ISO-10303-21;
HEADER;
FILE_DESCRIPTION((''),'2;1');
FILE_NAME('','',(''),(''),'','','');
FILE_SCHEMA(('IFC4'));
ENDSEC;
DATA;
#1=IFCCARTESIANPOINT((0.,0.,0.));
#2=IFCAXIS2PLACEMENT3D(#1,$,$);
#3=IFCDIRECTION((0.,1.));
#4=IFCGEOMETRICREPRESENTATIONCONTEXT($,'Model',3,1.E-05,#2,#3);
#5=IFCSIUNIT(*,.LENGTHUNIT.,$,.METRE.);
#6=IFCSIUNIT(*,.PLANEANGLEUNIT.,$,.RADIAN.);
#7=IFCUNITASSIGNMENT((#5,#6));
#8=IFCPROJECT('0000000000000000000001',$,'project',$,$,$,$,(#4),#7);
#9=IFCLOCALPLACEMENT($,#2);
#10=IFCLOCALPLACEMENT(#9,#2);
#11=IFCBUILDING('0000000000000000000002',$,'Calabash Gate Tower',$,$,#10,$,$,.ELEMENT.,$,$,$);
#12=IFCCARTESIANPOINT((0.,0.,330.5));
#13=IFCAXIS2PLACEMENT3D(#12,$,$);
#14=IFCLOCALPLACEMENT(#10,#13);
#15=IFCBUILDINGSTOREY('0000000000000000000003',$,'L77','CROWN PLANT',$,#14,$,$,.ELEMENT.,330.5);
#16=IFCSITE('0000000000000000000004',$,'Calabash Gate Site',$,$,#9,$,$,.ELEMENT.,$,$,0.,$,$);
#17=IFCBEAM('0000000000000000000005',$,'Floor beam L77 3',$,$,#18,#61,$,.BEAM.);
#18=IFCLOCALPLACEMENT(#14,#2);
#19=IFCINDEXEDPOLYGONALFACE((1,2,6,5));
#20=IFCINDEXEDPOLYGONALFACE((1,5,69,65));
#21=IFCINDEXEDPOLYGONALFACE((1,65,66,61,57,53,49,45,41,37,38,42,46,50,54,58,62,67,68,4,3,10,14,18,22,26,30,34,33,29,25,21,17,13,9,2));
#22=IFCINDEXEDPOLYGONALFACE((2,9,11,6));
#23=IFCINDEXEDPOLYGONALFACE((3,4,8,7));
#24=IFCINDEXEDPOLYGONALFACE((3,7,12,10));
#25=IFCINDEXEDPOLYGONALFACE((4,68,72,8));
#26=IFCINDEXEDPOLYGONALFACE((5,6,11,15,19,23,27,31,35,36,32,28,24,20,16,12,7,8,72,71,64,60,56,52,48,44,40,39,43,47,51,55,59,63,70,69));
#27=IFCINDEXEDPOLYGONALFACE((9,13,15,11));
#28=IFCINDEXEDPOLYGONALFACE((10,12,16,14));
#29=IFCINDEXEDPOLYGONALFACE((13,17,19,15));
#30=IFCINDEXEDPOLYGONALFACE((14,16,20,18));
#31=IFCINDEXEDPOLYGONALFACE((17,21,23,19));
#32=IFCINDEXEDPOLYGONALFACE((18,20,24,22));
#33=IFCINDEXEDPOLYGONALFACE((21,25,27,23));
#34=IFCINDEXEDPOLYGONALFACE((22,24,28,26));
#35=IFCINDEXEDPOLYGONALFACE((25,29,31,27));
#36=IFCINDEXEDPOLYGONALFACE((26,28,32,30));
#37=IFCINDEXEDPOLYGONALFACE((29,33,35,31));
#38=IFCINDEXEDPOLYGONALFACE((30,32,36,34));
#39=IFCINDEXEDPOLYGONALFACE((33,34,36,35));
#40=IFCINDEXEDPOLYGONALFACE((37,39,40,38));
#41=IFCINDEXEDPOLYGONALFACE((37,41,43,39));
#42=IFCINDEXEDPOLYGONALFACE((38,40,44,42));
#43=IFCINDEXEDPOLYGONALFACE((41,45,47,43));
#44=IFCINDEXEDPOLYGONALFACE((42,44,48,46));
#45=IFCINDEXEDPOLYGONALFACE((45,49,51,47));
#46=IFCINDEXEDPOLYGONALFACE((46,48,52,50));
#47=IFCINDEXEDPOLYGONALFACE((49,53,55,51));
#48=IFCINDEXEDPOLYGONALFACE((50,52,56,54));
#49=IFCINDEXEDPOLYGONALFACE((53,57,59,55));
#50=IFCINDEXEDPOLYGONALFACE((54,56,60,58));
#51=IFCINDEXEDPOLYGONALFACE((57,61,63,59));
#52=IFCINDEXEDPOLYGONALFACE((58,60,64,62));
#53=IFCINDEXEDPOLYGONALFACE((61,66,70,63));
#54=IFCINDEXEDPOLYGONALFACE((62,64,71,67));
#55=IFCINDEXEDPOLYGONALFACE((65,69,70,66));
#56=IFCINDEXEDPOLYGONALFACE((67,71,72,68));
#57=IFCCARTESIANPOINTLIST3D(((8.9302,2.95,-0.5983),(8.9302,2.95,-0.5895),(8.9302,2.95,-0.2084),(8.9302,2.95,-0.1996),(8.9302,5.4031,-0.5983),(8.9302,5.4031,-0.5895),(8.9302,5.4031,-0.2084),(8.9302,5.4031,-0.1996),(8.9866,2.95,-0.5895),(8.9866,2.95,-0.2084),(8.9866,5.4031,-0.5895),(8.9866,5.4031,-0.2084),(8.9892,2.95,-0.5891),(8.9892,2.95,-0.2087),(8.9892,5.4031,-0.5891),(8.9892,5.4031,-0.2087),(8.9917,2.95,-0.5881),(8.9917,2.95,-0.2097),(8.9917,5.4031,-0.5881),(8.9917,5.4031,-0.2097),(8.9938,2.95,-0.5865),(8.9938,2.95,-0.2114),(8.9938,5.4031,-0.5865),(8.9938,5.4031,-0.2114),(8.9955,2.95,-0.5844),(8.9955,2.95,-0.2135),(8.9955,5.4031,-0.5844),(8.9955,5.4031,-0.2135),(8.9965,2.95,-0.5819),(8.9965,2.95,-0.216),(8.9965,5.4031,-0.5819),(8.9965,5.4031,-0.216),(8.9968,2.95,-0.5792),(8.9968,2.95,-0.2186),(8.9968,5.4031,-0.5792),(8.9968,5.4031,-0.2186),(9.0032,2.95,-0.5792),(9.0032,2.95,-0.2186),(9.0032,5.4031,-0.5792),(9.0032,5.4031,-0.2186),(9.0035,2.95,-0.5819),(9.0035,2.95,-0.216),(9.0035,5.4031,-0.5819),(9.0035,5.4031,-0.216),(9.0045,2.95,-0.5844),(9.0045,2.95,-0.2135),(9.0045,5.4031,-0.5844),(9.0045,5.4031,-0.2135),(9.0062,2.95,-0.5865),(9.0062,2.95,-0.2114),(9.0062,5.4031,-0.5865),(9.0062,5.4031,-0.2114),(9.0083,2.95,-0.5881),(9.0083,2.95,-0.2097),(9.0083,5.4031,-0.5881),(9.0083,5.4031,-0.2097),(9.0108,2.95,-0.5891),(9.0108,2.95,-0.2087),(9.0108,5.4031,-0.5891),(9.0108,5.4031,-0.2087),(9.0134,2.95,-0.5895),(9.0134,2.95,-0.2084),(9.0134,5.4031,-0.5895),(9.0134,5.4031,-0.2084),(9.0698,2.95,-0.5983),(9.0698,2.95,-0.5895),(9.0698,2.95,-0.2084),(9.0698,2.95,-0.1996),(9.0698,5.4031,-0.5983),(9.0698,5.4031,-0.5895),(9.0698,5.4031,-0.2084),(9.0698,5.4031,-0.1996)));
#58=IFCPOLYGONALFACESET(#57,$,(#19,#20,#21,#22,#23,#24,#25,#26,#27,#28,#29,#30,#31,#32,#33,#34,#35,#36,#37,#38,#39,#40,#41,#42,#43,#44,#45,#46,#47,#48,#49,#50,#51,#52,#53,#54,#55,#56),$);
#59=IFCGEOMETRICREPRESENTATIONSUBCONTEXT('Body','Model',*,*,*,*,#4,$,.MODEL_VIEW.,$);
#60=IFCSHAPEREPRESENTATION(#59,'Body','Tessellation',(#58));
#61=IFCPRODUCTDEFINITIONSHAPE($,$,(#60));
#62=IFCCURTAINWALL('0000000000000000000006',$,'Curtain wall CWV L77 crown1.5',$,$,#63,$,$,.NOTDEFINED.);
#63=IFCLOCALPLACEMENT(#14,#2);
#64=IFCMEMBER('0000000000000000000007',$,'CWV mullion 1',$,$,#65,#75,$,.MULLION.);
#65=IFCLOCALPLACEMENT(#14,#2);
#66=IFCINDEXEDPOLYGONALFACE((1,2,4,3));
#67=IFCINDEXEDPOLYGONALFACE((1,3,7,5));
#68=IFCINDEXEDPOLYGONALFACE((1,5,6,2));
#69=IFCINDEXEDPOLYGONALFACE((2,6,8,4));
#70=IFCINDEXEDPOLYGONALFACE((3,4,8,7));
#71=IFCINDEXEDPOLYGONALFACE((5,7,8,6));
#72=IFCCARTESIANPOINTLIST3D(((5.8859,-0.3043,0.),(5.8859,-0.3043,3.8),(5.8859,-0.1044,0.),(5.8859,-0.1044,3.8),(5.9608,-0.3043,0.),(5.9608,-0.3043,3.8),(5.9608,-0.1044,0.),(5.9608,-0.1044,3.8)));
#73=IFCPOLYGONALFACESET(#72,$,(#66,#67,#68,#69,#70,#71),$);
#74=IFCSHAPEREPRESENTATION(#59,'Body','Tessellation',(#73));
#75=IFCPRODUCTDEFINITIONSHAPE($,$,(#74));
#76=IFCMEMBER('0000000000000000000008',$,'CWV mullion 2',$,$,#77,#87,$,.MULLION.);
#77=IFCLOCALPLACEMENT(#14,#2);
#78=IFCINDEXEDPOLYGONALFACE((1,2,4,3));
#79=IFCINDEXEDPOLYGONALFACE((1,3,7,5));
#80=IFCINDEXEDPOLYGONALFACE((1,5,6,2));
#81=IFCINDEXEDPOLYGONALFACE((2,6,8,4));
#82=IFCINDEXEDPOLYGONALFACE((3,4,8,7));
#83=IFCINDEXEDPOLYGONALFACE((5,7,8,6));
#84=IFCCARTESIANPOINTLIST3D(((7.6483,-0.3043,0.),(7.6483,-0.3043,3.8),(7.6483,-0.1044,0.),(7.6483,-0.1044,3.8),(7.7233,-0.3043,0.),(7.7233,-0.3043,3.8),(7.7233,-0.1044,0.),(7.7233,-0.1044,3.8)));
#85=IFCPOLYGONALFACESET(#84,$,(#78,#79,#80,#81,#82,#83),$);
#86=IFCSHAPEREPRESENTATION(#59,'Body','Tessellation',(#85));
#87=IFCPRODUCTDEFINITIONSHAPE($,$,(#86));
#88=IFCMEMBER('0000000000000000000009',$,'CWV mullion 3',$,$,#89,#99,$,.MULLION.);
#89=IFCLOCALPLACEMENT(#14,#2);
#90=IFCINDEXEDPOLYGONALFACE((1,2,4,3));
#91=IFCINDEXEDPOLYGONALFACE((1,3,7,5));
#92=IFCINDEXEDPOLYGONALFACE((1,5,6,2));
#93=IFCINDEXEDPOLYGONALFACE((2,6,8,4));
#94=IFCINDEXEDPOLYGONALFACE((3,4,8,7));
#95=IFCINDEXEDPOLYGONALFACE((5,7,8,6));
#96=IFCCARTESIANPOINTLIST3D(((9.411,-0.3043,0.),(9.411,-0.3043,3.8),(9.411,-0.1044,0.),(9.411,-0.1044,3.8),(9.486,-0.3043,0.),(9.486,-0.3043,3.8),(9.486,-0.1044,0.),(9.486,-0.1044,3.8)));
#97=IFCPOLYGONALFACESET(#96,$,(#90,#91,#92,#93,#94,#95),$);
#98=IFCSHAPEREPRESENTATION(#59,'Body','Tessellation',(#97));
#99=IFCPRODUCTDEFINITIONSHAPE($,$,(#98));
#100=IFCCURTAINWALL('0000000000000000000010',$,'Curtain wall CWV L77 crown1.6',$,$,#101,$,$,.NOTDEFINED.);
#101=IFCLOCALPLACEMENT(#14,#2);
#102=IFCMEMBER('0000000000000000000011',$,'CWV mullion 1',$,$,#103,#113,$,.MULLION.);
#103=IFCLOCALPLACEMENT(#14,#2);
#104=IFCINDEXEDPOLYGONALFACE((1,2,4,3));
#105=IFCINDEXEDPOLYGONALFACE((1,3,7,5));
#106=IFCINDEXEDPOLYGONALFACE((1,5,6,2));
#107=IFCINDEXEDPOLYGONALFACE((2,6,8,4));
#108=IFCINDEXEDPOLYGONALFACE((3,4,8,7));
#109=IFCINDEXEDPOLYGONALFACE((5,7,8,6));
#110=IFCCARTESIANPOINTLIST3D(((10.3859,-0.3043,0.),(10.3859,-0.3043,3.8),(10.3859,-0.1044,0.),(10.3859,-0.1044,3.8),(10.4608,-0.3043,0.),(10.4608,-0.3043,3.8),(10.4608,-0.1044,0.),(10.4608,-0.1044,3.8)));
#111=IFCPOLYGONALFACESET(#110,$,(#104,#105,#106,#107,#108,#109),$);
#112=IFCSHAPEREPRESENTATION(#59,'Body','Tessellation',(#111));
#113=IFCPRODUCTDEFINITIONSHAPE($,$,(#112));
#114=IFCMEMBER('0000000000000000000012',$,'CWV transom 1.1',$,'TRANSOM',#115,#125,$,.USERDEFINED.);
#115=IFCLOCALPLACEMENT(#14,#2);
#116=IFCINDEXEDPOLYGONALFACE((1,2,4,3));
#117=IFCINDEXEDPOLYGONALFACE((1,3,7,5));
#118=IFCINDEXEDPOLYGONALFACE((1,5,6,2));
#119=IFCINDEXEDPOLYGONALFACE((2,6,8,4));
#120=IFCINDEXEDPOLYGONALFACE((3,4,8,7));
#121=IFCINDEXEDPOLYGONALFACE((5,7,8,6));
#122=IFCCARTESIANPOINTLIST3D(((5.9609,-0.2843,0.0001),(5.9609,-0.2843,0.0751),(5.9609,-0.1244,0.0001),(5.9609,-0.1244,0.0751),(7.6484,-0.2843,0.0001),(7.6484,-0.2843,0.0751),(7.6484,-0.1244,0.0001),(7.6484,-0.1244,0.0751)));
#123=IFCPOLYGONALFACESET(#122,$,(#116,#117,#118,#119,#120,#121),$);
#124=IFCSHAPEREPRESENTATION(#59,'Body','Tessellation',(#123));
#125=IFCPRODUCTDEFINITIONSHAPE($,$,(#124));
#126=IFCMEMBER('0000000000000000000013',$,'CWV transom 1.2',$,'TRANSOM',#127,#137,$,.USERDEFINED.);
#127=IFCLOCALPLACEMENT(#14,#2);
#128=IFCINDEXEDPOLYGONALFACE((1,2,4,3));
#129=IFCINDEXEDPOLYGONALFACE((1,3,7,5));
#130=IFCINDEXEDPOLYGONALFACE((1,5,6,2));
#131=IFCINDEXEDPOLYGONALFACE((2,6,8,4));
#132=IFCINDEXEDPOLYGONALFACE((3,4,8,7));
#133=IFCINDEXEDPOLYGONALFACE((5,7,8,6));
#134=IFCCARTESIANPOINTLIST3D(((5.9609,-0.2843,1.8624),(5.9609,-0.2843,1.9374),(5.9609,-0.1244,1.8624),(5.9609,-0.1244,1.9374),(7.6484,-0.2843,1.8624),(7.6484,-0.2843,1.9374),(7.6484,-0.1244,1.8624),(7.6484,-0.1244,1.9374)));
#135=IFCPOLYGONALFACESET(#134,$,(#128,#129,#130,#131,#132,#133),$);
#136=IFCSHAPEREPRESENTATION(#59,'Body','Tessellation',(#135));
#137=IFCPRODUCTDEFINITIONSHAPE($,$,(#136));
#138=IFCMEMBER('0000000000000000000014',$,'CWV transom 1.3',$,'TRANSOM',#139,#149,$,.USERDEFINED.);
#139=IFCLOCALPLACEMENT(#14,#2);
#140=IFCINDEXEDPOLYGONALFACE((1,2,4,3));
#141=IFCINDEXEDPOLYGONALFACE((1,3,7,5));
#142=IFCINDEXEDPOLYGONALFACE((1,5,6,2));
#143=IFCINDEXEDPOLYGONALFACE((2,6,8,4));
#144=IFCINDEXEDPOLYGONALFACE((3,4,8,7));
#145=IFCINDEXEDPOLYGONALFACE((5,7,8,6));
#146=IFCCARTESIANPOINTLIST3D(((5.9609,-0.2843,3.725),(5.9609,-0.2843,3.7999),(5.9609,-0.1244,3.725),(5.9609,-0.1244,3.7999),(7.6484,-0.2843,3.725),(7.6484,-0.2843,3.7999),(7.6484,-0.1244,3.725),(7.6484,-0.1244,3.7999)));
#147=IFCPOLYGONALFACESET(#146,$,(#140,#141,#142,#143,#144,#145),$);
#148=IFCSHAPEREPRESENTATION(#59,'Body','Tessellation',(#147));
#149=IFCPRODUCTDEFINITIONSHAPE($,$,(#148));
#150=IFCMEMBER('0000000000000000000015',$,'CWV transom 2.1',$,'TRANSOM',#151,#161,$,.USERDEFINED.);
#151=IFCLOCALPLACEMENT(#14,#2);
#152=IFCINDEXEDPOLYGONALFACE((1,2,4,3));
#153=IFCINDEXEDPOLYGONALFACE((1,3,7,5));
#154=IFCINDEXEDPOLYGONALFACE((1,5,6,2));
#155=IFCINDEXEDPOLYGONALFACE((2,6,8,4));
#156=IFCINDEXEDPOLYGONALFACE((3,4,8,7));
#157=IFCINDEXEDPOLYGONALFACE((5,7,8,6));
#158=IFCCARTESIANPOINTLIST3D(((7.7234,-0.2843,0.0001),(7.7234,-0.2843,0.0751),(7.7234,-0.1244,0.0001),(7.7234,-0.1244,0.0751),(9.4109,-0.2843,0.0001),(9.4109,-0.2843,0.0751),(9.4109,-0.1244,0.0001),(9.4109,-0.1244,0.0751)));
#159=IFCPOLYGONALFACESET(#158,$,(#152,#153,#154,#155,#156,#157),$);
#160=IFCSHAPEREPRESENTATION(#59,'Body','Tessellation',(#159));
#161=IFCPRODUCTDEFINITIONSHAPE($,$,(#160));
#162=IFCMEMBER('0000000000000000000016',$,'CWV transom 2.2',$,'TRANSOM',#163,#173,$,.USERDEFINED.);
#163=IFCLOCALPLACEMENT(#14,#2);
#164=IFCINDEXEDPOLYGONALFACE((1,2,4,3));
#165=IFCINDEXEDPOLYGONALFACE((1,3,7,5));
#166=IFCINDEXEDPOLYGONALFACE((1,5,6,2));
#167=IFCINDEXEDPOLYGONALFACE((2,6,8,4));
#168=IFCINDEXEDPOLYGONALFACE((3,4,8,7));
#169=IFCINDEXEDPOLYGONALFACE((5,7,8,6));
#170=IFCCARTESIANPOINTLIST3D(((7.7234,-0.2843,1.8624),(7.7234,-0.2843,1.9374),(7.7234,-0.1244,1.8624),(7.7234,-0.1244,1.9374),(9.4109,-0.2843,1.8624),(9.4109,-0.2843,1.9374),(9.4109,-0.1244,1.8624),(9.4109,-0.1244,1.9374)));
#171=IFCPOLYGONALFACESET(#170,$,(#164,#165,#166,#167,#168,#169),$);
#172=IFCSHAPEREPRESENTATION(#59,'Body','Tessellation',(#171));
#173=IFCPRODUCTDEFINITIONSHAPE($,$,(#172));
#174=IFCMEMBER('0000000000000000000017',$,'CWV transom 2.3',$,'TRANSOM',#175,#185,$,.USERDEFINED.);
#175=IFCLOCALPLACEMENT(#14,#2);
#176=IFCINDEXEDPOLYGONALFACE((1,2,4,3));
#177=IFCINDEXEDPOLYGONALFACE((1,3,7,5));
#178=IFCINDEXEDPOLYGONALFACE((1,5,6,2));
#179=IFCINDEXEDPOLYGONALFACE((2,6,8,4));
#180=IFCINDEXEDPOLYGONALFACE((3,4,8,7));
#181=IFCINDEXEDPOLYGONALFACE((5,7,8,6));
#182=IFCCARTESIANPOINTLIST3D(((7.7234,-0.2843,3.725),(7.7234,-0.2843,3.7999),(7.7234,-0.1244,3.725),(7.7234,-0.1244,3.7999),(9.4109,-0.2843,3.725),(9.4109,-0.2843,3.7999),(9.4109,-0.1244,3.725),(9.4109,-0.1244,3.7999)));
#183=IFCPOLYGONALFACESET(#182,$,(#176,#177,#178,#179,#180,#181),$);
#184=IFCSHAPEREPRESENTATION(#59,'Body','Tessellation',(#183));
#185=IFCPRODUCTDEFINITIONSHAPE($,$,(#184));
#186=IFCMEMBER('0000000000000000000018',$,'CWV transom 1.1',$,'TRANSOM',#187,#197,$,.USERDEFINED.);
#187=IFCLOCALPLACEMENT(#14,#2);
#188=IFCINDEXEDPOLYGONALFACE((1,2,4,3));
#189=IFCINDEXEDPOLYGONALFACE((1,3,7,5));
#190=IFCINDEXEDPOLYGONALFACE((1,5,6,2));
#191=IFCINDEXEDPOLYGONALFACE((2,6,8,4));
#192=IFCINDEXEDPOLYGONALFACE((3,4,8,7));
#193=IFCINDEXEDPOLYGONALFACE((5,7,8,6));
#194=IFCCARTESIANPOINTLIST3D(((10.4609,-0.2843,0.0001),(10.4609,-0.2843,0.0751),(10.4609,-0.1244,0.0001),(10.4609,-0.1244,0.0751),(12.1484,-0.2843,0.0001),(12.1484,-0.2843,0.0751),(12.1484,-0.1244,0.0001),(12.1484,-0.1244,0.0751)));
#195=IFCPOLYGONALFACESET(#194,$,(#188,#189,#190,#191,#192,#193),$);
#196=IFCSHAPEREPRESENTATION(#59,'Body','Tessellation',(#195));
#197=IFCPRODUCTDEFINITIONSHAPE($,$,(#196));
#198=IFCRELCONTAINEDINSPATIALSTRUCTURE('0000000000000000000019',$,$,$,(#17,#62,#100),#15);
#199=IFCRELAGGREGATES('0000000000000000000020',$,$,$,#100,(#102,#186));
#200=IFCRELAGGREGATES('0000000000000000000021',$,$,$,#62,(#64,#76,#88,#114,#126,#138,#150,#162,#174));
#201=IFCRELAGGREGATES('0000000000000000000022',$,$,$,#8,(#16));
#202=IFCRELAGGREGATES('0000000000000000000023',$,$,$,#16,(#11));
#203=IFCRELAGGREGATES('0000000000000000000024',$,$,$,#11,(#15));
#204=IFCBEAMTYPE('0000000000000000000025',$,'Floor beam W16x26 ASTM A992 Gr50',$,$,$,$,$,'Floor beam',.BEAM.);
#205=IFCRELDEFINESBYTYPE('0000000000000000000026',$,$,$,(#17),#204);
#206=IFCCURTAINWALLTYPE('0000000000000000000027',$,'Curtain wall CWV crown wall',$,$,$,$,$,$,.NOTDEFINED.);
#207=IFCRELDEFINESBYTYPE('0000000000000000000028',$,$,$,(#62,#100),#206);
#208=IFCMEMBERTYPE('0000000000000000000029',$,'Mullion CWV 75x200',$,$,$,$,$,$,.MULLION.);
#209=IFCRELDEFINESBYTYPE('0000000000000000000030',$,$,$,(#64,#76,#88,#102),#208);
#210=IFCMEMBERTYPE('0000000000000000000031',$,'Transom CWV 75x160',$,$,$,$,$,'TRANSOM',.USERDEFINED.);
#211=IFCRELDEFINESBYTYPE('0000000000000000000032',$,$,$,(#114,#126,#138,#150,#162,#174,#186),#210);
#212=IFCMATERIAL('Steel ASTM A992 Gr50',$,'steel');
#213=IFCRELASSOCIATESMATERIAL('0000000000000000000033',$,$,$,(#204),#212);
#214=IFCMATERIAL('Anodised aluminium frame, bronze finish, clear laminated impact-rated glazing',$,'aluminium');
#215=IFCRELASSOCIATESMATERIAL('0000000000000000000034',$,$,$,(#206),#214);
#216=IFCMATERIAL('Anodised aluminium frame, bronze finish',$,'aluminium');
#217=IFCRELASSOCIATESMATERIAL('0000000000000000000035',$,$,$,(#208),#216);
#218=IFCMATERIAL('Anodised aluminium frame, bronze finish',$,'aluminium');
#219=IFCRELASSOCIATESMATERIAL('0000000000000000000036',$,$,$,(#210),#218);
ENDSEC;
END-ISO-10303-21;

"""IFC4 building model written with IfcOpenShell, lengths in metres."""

from ifc_helpers import new_model, si_unit, direction, frame, origin, origin_2d, place, context, subcontext, project, spatial, rectangle, i_section, extrude, material, material_profile, profile_set, type_object, element, aggregate, save


model = new_model("IFC4")

# Units and contexts
model_context = context("Model", 3, precision=1e-05, world=origin(), true_north=direction((0.0, 1.0)))
body_context = subcontext(model_context, "Body", "Model", "MODEL_VIEW")
ifc_project = project(units=[si_unit("LENGTHUNIT", "METRE"), si_unit("PLANEANGLEUNIT", "RADIAN")], contexts=[model_context])

# Site, building, storey
site_placement = place(None, origin())
site = spatial("IfcSite", under=ifc_project, at=site_placement, Name="Calabash Gate Site", CompositionType="ELEMENT", RefElevation=0.0)
building_placement = place(site_placement, origin())
building = spatial("IfcBuilding", under=site, at=building_placement, Name="Calabash Gate Tower", CompositionType="ELEMENT")
storey_placement = place(building_placement, frame((0.0, 0.0, 330.5)))
storey = spatial("IfcBuildingStorey", under=building, at=storey_placement, Name="L77", Description="CROWN PLANT", CompositionType="ELEMENT", Elevation=330.5)

# Beam
ifc_material_1 = material(Name="Steel ASTM A992 Gr50", Category="steel")
ifc_material_profile_1 = material_profile(ifc_material_1, i_section(OverallWidth=0.1396, OverallDepth=0.3987, WebThickness=0.0063, FlangeThickness=0.0088, FilletRadius=0.0103, at=origin_2d()))
ifc_profile_set_1 = profile_set([ifc_material_profile_1], Name="Steel ASTM A992 Gr50")
beam_type = type_object("IfcBeamType", Name="Floor beam W16x26 ASTM A992 Gr50", ElementType="Floor beam", PredefinedType="BEAM", material=ifc_profile_set_1)
beam_placement = place(storey_placement, frame((9.0, 2.95, -0.3989), z_axis=(0.0, 1.0, 0.0), x_axis=(-1.0, 0.0, 0.0)))
element("IfcBeam", 1, at=beam_placement, inside=storey, type_object=beam_type, Name="Floor beam L77 3", PredefinedType="BEAM", context=body_context, shape_type="SweptSolid", body=[
    extrude(i_section(OverallWidth=0.1396, OverallDepth=0.3987, WebThickness=0.0063, FlangeThickness=0.0088, FilletRadius=0.0103, at=origin_2d()), origin(), (0.0, 0.0, 1.0), 2.4531),
])

# Curtain wall, members
ifc_material_2 = material(Name="Anodised aluminium frame, bronze finish, clear laminated impact-rated glazing", Category="aluminium")
curtain_wall_type = type_object("IfcCurtainWallType", Name="Curtain wall CWV crown wall", PredefinedType="NOTDEFINED", material=ifc_material_2)
curtain_wall_1_placement = place(storey_placement, origin())
curtain_wall_1 = element("IfcCurtainWall", 2, at=curtain_wall_1_placement, inside=storey, type_object=curtain_wall_type, Name="Curtain wall CWV L77 crown1.5", PredefinedType="NOTDEFINED")
ifc_material_3 = material(Name="Anodised aluminium frame, bronze finish", Category="aluminium")
ifc_material_profile_2 = material_profile(ifc_material_3, rectangle(XDim=0.2, YDim=0.075, at=origin_2d()))
ifc_profile_set_2 = profile_set([ifc_material_profile_2], Name="Anodised aluminium frame, bronze finish")
member_type_1 = type_object("IfcMemberType", Name="Mullion CWV 75x200", PredefinedType="MULLION", material=ifc_profile_set_2)
member_1_placement = place(storey_placement, frame((5.9233, -0.2043, 0.0), z_axis=(0.0, 0.0, 1.0), x_axis=(0.0, 1.0, 0.0)))
member_1 = element("IfcMember", 3, at=member_1_placement, type_object=member_type_1, Name="CWV mullion 1", PredefinedType="MULLION", context=body_context, shape_type="SweptSolid", body=[
    extrude(rectangle(XDim=0.2, YDim=0.075, at=origin_2d()), origin(), (0.0, 0.0, 1.0), 3.8),
])
member_2_placement = place(storey_placement, frame((7.6858, -0.2043, 0.0), z_axis=(0.0, 0.0, 1.0), x_axis=(0.0, 1.0, 0.0)))
member_2 = element("IfcMember", 4, at=member_2_placement, type_object=member_type_1, Name="CWV mullion 2", PredefinedType="MULLION", context=body_context, shape_type="SweptSolid", body=[
    extrude(rectangle(XDim=0.2, YDim=0.075, at=origin_2d()), origin(), (0.0, 0.0, 1.0), 3.8),
])
member_3_placement = place(storey_placement, frame((9.4485, -0.2043, 0.0), z_axis=(0.0, 0.0, 1.0), x_axis=(0.0, 1.0, 0.0)))
member_3 = element("IfcMember", 5, at=member_3_placement, type_object=member_type_1, Name="CWV mullion 3", PredefinedType="MULLION", context=body_context, shape_type="SweptSolid", body=[
    extrude(rectangle(XDim=0.2, YDim=0.075, at=origin_2d()), origin(), (0.0, 0.0, 1.0), 3.8),
])

# Curtain wall, member
curtain_wall_2_placement = place(storey_placement, origin())
curtain_wall_2 = element("IfcCurtainWall", 6, at=curtain_wall_2_placement, inside=storey, type_object=curtain_wall_type, Name="Curtain wall CWV L77 crown1.6", PredefinedType="NOTDEFINED")
member_4_placement = place(storey_placement, frame((10.4233, -0.2043, 0.0), z_axis=(0.0, 0.0, 1.0), x_axis=(0.0, 1.0, 0.0)))
member_4 = element("IfcMember", 7, at=member_4_placement, type_object=member_type_1, Name="CWV mullion 1", PredefinedType="MULLION", context=body_context, shape_type="SweptSolid", body=[
    extrude(rectangle(XDim=0.2, YDim=0.075, at=origin_2d()), origin(), (0.0, 0.0, 1.0), 3.8),
])

# Members
ifc_material_4 = material(Name="Anodised aluminium frame, bronze finish", Category="aluminium")
ifc_material_profile_3 = material_profile(ifc_material_4, rectangle(XDim=0.1599, YDim=0.075, at=origin_2d()))
ifc_profile_set_3 = profile_set([ifc_material_profile_3], Name="Anodised aluminium frame, bronze finish")
member_type_2 = type_object("IfcMemberType", Name="Transom CWV 75x160", ElementType="TRANSOM", PredefinedType="USERDEFINED", material=ifc_profile_set_3)
member_5_placement = place(storey_placement, frame((5.9609, -0.2043, 0.0376), z_axis=(1.0, 0.0, 0.0), x_axis=(0.0, 1.0, 0.0)))
member_5 = element("IfcMember", 8, at=member_5_placement, type_object=member_type_2, Name="CWV transom 1.1", ObjectType="TRANSOM", PredefinedType="USERDEFINED", context=body_context, shape_type="SweptSolid", body=[
    extrude(rectangle(XDim=0.1599, YDim=0.075, at=origin_2d()), origin(), (0.0, 0.0, 1.0), 1.6875),
])
member_6_placement = place(storey_placement, frame((5.9609, -0.2043, 1.8999), z_axis=(1.0, 0.0, 0.0), x_axis=(0.0, 1.0, 0.0)))
member_6 = element("IfcMember", 9, at=member_6_placement, type_object=member_type_2, Name="CWV transom 1.2", ObjectType="TRANSOM", PredefinedType="USERDEFINED", context=body_context, shape_type="SweptSolid", body=[
    extrude(rectangle(XDim=0.1599, YDim=0.075, at=origin_2d()), origin(), (0.0, 0.0, 1.0), 1.6875),
])
member_7_placement = place(storey_placement, frame((5.9609, -0.2043, 3.7625), z_axis=(1.0, 0.0, 0.0), x_axis=(0.0, 1.0, 0.0)))
member_7 = element("IfcMember", 10, at=member_7_placement, type_object=member_type_2, Name="CWV transom 1.3", ObjectType="TRANSOM", PredefinedType="USERDEFINED", context=body_context, shape_type="SweptSolid", body=[
    extrude(rectangle(XDim=0.1599, YDim=0.075, at=origin_2d()), origin(), (0.0, 0.0, 1.0), 1.6875),
])
member_8_placement = place(storey_placement, frame((7.7234, -0.2043, 0.0376), z_axis=(1.0, 0.0, 0.0), x_axis=(0.0, 1.0, 0.0)))
member_8 = element("IfcMember", 11, at=member_8_placement, type_object=member_type_2, Name="CWV transom 2.1", ObjectType="TRANSOM", PredefinedType="USERDEFINED", context=body_context, shape_type="SweptSolid", body=[
    extrude(rectangle(XDim=0.1599, YDim=0.075, at=origin_2d()), origin(), (0.0, 0.0, 1.0), 1.6875),
])
member_9_placement = place(storey_placement, frame((7.7234, -0.2043, 1.8999), z_axis=(1.0, 0.0, 0.0), x_axis=(0.0, 1.0, 0.0)))
member_9 = element("IfcMember", 12, at=member_9_placement, type_object=member_type_2, Name="CWV transom 2.2", ObjectType="TRANSOM", PredefinedType="USERDEFINED", context=body_context, shape_type="SweptSolid", body=[
    extrude(rectangle(XDim=0.1599, YDim=0.075, at=origin_2d()), origin(), (0.0, 0.0, 1.0), 1.6875),
])
member_10_placement = place(storey_placement, frame((7.7234, -0.2043, 3.7625), z_axis=(1.0, 0.0, 0.0), x_axis=(0.0, 1.0, 0.0)))
member_10 = element("IfcMember", 13, at=member_10_placement, type_object=member_type_2, Name="CWV transom 2.3", ObjectType="TRANSOM", PredefinedType="USERDEFINED", context=body_context, shape_type="SweptSolid", body=[
    extrude(rectangle(XDim=0.1599, YDim=0.075, at=origin_2d()), origin(), (0.0, 0.0, 1.0), 1.6875),
])
member_11_placement = place(storey_placement, frame((10.4609, -0.2043, 0.0376), z_axis=(1.0, 0.0, 0.0), x_axis=(0.0, 1.0, 0.0)))
member_11 = element("IfcMember", 14, at=member_11_placement, type_object=member_type_2, Name="CWV transom 1.1", ObjectType="TRANSOM", PredefinedType="USERDEFINED", context=body_context, shape_type="SweptSolid", body=[
    extrude(rectangle(XDim=0.1599, YDim=0.075, at=origin_2d()), origin(), (0.0, 0.0, 1.0), 1.6875),
])
aggregate(curtain_wall_2, [member_4, member_11])

aggregate(curtain_wall_1, [member_1, member_2, member_3, member_5, member_6, member_7, member_8, member_9, member_10])

save(model, "model.ifc")
